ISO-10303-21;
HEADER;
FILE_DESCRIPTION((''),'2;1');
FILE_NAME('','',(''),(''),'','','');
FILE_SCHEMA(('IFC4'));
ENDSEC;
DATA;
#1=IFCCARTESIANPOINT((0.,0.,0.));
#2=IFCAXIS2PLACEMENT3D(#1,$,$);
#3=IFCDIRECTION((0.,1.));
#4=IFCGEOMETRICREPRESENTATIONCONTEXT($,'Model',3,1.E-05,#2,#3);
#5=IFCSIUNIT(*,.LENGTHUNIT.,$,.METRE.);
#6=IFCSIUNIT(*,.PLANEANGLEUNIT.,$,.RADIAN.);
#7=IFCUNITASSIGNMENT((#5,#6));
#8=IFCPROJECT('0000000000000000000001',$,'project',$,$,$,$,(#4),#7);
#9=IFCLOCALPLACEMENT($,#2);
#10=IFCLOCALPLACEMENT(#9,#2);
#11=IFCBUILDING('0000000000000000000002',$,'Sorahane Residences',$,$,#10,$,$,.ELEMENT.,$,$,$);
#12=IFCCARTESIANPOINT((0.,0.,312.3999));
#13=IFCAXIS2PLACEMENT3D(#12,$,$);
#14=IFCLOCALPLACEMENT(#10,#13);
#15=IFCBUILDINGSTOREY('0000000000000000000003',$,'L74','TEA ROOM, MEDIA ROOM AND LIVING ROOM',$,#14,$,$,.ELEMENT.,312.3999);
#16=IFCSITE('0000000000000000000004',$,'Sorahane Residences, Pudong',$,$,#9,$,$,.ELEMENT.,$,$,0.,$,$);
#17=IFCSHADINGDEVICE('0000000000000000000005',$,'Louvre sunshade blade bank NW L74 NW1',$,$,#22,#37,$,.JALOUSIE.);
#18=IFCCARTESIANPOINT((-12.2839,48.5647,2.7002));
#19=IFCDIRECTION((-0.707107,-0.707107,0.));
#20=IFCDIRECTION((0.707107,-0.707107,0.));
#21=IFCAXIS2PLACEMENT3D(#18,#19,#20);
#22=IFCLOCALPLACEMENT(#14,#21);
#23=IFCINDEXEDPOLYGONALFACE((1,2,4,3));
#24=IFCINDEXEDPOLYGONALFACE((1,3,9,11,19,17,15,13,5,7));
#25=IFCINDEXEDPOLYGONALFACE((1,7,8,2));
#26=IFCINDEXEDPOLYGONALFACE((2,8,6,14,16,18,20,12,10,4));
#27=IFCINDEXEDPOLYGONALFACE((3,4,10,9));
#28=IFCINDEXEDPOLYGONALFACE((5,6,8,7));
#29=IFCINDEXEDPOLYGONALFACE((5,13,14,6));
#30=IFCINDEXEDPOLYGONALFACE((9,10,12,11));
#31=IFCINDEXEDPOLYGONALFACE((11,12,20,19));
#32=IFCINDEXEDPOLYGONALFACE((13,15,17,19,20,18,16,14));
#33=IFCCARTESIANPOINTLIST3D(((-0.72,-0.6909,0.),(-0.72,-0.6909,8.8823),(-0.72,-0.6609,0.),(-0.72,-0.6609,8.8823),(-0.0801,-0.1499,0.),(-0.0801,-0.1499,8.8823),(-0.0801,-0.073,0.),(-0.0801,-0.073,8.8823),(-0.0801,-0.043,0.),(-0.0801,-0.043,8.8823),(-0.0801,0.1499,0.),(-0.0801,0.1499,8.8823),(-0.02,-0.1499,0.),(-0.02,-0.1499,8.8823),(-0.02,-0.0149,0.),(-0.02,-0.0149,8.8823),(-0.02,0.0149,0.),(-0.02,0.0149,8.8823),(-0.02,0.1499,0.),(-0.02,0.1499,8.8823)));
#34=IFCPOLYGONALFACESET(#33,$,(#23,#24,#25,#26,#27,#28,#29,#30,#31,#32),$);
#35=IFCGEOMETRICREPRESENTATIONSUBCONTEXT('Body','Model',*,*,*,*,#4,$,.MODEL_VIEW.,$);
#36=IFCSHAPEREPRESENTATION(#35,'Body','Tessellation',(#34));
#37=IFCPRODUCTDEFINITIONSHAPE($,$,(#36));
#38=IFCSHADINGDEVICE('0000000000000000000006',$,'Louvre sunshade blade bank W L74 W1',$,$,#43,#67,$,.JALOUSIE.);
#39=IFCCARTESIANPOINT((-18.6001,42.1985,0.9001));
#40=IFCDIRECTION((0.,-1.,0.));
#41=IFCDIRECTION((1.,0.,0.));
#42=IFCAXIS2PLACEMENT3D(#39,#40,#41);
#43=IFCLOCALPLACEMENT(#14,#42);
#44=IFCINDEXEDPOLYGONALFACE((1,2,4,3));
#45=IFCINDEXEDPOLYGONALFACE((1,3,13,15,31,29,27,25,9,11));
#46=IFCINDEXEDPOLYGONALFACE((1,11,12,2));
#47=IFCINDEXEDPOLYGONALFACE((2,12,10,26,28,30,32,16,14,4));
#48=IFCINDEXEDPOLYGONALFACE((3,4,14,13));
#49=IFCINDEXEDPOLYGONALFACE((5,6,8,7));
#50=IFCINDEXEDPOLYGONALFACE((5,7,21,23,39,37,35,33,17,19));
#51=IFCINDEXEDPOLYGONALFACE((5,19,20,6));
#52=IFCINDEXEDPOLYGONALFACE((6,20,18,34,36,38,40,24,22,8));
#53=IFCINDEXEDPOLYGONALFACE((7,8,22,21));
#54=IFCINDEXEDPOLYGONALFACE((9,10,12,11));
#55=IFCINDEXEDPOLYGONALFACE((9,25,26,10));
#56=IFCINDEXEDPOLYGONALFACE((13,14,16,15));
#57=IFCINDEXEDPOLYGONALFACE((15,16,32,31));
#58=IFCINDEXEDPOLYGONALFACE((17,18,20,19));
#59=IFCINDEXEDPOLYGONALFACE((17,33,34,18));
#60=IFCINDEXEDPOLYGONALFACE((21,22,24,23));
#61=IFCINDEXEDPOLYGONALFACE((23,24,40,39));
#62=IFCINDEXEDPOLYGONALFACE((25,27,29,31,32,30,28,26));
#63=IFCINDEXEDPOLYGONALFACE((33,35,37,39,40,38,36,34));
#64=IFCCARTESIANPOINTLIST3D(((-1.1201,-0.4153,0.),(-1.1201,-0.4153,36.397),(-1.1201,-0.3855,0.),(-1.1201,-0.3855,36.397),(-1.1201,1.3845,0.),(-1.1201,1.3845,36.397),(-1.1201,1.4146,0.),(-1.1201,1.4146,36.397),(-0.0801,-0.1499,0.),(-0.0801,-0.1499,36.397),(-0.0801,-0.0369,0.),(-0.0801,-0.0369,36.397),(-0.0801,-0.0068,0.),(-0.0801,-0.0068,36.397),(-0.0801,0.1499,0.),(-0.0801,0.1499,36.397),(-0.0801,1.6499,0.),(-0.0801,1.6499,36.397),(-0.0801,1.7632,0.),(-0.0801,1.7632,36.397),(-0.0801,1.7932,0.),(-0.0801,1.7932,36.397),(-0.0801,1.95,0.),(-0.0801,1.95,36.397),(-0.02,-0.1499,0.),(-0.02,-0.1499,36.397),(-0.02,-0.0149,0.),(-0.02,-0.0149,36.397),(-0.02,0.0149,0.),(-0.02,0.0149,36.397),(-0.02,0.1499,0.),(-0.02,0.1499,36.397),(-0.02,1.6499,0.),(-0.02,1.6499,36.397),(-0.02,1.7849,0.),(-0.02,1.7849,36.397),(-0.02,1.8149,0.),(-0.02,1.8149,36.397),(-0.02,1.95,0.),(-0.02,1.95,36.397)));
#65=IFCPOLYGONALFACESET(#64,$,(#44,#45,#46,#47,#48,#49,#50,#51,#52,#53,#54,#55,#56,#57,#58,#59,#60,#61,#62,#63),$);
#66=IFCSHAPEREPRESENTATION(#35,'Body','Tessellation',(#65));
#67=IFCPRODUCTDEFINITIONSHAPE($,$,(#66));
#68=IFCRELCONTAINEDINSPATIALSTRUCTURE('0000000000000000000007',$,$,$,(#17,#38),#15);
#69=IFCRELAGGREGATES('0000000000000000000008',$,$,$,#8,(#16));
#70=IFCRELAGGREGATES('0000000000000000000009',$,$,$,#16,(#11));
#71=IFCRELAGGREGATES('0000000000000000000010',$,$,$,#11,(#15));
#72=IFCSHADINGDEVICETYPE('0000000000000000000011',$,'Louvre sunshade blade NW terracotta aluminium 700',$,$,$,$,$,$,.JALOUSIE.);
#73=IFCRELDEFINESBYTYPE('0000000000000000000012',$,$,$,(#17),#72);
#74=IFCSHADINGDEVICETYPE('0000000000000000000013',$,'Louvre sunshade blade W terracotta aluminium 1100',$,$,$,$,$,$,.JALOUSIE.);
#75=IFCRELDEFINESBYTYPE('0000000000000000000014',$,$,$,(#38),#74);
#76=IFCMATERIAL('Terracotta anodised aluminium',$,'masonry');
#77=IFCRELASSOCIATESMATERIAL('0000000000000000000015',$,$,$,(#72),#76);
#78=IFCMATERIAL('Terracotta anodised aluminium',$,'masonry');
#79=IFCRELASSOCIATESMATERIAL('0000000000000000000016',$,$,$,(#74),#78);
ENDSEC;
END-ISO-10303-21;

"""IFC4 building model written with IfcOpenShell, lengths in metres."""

from ifc_helpers import new_model, si_unit, direction, frame, origin, place, context, subcontext, project, spatial, polyline, outline, composite_profile, extrude, material, type_object, element, save


model = new_model("IFC4")

# Units and contexts
model_context = context("Model", 3, precision=1e-05, world=origin(), true_north=direction((0.0, 1.0)))
body_context = subcontext(model_context, "Body", "Model", "MODEL_VIEW")
ifc_project = project(units=[si_unit("LENGTHUNIT", "METRE"), si_unit("PLANEANGLEUNIT", "RADIAN")], contexts=[model_context])

# Site, building, storey
site_placement = place(None, origin())
site = spatial("IfcSite", under=ifc_project, at=site_placement, Name="Sorahane Residences, Pudong", CompositionType="ELEMENT", RefElevation=0.0)
building_placement = place(site_placement, origin())
building = spatial("IfcBuilding", under=site, at=building_placement, Name="Sorahane Residences", CompositionType="ELEMENT")
storey_placement = place(building_placement, frame((0.0, 0.0, 312.3999)))
storey = spatial("IfcBuildingStorey", under=building, at=storey_placement, Name="L74", Description="TEA ROOM, MEDIA ROOM AND LIVING ROOM", CompositionType="ELEMENT", Elevation=312.3999)

# Shading devices
ifc_material_1 = material(Name="Terracotta anodised aluminium", Category="masonry")
shading_device_type_1 = type_object("IfcShadingDeviceType", Name="Louvre sunshade blade NW terracotta aluminium 700", PredefinedType="JALOUSIE", material=ifc_material_1)
shading_device_1_placement = place(storey_placement, frame((-12.2839, 48.5647, 2.7002), z_axis=(-0.707107, -0.707107, 0.0), x_axis=(0.707107, -0.707107, 0.0)))
element("IfcShadingDevice", 1, at=shading_device_1_placement, inside=storey, type_object=shading_device_type_1, Name="Louvre sunshade blade bank NW L74 NW1", PredefinedType="JALOUSIE", context=body_context, shape_type="SweptSolid", body=[
    extrude(outline(polyline([(-0.72, -0.6609), (-0.72, -0.6909), (-0.0801, -0.073), (-0.0801, -0.1499), (-0.02, -0.1499), (-0.02, -0.0149), (-0.02, 0.0149), (-0.02, 0.1499), (-0.0801, 0.1499), (-0.0801, -0.043), (-0.72, -0.6609)])), origin(), (0.0, 0.0, 1.0), 8.8823),
])
ifc_material_2 = material(Name="Terracotta anodised aluminium", Category="masonry")
shading_device_type_2 = type_object("IfcShadingDeviceType", Name="Louvre sunshade blade W terracotta aluminium 1100", PredefinedType="JALOUSIE", material=ifc_material_2)
shading_device_2_placement = place(storey_placement, frame((-18.6001, 42.1985, 0.9001), z_axis=(0.0, -1.0, 0.0), x_axis=(1.0, 0.0, 0.0)))
element("IfcShadingDevice", 2, at=shading_device_2_placement, inside=storey, type_object=shading_device_type_2, Name="Louvre sunshade blade bank W L74 W1", PredefinedType="JALOUSIE", context=body_context, shape_type="SweptSolid", body=[
    extrude(composite_profile([outline(polyline([(-1.1201, -0.3855), (-1.1201, -0.4153), (-0.0801, -0.0369), (-0.0801, -0.1499), (-0.02, -0.1499), (-0.02, -0.0149), (-0.02, 0.0149), (-0.02, 0.1499), (-0.0801, 0.1499), (-0.0801, -0.0068), (-1.1201, -0.3855)])), outline(polyline([(-1.1201, 1.4146), (-1.1201, 1.3845), (-0.0801, 1.7632), (-0.0801, 1.6499), (-0.02, 1.6499), (-0.02, 1.7849), (-0.02, 1.8149), (-0.02, 1.95), (-0.0801, 1.95), (-0.0801, 1.7932), (-1.1201, 1.4146)]))]), origin(), (0.0, 0.0, 1.0), 36.397),
])

save(model, "model.ifc")
